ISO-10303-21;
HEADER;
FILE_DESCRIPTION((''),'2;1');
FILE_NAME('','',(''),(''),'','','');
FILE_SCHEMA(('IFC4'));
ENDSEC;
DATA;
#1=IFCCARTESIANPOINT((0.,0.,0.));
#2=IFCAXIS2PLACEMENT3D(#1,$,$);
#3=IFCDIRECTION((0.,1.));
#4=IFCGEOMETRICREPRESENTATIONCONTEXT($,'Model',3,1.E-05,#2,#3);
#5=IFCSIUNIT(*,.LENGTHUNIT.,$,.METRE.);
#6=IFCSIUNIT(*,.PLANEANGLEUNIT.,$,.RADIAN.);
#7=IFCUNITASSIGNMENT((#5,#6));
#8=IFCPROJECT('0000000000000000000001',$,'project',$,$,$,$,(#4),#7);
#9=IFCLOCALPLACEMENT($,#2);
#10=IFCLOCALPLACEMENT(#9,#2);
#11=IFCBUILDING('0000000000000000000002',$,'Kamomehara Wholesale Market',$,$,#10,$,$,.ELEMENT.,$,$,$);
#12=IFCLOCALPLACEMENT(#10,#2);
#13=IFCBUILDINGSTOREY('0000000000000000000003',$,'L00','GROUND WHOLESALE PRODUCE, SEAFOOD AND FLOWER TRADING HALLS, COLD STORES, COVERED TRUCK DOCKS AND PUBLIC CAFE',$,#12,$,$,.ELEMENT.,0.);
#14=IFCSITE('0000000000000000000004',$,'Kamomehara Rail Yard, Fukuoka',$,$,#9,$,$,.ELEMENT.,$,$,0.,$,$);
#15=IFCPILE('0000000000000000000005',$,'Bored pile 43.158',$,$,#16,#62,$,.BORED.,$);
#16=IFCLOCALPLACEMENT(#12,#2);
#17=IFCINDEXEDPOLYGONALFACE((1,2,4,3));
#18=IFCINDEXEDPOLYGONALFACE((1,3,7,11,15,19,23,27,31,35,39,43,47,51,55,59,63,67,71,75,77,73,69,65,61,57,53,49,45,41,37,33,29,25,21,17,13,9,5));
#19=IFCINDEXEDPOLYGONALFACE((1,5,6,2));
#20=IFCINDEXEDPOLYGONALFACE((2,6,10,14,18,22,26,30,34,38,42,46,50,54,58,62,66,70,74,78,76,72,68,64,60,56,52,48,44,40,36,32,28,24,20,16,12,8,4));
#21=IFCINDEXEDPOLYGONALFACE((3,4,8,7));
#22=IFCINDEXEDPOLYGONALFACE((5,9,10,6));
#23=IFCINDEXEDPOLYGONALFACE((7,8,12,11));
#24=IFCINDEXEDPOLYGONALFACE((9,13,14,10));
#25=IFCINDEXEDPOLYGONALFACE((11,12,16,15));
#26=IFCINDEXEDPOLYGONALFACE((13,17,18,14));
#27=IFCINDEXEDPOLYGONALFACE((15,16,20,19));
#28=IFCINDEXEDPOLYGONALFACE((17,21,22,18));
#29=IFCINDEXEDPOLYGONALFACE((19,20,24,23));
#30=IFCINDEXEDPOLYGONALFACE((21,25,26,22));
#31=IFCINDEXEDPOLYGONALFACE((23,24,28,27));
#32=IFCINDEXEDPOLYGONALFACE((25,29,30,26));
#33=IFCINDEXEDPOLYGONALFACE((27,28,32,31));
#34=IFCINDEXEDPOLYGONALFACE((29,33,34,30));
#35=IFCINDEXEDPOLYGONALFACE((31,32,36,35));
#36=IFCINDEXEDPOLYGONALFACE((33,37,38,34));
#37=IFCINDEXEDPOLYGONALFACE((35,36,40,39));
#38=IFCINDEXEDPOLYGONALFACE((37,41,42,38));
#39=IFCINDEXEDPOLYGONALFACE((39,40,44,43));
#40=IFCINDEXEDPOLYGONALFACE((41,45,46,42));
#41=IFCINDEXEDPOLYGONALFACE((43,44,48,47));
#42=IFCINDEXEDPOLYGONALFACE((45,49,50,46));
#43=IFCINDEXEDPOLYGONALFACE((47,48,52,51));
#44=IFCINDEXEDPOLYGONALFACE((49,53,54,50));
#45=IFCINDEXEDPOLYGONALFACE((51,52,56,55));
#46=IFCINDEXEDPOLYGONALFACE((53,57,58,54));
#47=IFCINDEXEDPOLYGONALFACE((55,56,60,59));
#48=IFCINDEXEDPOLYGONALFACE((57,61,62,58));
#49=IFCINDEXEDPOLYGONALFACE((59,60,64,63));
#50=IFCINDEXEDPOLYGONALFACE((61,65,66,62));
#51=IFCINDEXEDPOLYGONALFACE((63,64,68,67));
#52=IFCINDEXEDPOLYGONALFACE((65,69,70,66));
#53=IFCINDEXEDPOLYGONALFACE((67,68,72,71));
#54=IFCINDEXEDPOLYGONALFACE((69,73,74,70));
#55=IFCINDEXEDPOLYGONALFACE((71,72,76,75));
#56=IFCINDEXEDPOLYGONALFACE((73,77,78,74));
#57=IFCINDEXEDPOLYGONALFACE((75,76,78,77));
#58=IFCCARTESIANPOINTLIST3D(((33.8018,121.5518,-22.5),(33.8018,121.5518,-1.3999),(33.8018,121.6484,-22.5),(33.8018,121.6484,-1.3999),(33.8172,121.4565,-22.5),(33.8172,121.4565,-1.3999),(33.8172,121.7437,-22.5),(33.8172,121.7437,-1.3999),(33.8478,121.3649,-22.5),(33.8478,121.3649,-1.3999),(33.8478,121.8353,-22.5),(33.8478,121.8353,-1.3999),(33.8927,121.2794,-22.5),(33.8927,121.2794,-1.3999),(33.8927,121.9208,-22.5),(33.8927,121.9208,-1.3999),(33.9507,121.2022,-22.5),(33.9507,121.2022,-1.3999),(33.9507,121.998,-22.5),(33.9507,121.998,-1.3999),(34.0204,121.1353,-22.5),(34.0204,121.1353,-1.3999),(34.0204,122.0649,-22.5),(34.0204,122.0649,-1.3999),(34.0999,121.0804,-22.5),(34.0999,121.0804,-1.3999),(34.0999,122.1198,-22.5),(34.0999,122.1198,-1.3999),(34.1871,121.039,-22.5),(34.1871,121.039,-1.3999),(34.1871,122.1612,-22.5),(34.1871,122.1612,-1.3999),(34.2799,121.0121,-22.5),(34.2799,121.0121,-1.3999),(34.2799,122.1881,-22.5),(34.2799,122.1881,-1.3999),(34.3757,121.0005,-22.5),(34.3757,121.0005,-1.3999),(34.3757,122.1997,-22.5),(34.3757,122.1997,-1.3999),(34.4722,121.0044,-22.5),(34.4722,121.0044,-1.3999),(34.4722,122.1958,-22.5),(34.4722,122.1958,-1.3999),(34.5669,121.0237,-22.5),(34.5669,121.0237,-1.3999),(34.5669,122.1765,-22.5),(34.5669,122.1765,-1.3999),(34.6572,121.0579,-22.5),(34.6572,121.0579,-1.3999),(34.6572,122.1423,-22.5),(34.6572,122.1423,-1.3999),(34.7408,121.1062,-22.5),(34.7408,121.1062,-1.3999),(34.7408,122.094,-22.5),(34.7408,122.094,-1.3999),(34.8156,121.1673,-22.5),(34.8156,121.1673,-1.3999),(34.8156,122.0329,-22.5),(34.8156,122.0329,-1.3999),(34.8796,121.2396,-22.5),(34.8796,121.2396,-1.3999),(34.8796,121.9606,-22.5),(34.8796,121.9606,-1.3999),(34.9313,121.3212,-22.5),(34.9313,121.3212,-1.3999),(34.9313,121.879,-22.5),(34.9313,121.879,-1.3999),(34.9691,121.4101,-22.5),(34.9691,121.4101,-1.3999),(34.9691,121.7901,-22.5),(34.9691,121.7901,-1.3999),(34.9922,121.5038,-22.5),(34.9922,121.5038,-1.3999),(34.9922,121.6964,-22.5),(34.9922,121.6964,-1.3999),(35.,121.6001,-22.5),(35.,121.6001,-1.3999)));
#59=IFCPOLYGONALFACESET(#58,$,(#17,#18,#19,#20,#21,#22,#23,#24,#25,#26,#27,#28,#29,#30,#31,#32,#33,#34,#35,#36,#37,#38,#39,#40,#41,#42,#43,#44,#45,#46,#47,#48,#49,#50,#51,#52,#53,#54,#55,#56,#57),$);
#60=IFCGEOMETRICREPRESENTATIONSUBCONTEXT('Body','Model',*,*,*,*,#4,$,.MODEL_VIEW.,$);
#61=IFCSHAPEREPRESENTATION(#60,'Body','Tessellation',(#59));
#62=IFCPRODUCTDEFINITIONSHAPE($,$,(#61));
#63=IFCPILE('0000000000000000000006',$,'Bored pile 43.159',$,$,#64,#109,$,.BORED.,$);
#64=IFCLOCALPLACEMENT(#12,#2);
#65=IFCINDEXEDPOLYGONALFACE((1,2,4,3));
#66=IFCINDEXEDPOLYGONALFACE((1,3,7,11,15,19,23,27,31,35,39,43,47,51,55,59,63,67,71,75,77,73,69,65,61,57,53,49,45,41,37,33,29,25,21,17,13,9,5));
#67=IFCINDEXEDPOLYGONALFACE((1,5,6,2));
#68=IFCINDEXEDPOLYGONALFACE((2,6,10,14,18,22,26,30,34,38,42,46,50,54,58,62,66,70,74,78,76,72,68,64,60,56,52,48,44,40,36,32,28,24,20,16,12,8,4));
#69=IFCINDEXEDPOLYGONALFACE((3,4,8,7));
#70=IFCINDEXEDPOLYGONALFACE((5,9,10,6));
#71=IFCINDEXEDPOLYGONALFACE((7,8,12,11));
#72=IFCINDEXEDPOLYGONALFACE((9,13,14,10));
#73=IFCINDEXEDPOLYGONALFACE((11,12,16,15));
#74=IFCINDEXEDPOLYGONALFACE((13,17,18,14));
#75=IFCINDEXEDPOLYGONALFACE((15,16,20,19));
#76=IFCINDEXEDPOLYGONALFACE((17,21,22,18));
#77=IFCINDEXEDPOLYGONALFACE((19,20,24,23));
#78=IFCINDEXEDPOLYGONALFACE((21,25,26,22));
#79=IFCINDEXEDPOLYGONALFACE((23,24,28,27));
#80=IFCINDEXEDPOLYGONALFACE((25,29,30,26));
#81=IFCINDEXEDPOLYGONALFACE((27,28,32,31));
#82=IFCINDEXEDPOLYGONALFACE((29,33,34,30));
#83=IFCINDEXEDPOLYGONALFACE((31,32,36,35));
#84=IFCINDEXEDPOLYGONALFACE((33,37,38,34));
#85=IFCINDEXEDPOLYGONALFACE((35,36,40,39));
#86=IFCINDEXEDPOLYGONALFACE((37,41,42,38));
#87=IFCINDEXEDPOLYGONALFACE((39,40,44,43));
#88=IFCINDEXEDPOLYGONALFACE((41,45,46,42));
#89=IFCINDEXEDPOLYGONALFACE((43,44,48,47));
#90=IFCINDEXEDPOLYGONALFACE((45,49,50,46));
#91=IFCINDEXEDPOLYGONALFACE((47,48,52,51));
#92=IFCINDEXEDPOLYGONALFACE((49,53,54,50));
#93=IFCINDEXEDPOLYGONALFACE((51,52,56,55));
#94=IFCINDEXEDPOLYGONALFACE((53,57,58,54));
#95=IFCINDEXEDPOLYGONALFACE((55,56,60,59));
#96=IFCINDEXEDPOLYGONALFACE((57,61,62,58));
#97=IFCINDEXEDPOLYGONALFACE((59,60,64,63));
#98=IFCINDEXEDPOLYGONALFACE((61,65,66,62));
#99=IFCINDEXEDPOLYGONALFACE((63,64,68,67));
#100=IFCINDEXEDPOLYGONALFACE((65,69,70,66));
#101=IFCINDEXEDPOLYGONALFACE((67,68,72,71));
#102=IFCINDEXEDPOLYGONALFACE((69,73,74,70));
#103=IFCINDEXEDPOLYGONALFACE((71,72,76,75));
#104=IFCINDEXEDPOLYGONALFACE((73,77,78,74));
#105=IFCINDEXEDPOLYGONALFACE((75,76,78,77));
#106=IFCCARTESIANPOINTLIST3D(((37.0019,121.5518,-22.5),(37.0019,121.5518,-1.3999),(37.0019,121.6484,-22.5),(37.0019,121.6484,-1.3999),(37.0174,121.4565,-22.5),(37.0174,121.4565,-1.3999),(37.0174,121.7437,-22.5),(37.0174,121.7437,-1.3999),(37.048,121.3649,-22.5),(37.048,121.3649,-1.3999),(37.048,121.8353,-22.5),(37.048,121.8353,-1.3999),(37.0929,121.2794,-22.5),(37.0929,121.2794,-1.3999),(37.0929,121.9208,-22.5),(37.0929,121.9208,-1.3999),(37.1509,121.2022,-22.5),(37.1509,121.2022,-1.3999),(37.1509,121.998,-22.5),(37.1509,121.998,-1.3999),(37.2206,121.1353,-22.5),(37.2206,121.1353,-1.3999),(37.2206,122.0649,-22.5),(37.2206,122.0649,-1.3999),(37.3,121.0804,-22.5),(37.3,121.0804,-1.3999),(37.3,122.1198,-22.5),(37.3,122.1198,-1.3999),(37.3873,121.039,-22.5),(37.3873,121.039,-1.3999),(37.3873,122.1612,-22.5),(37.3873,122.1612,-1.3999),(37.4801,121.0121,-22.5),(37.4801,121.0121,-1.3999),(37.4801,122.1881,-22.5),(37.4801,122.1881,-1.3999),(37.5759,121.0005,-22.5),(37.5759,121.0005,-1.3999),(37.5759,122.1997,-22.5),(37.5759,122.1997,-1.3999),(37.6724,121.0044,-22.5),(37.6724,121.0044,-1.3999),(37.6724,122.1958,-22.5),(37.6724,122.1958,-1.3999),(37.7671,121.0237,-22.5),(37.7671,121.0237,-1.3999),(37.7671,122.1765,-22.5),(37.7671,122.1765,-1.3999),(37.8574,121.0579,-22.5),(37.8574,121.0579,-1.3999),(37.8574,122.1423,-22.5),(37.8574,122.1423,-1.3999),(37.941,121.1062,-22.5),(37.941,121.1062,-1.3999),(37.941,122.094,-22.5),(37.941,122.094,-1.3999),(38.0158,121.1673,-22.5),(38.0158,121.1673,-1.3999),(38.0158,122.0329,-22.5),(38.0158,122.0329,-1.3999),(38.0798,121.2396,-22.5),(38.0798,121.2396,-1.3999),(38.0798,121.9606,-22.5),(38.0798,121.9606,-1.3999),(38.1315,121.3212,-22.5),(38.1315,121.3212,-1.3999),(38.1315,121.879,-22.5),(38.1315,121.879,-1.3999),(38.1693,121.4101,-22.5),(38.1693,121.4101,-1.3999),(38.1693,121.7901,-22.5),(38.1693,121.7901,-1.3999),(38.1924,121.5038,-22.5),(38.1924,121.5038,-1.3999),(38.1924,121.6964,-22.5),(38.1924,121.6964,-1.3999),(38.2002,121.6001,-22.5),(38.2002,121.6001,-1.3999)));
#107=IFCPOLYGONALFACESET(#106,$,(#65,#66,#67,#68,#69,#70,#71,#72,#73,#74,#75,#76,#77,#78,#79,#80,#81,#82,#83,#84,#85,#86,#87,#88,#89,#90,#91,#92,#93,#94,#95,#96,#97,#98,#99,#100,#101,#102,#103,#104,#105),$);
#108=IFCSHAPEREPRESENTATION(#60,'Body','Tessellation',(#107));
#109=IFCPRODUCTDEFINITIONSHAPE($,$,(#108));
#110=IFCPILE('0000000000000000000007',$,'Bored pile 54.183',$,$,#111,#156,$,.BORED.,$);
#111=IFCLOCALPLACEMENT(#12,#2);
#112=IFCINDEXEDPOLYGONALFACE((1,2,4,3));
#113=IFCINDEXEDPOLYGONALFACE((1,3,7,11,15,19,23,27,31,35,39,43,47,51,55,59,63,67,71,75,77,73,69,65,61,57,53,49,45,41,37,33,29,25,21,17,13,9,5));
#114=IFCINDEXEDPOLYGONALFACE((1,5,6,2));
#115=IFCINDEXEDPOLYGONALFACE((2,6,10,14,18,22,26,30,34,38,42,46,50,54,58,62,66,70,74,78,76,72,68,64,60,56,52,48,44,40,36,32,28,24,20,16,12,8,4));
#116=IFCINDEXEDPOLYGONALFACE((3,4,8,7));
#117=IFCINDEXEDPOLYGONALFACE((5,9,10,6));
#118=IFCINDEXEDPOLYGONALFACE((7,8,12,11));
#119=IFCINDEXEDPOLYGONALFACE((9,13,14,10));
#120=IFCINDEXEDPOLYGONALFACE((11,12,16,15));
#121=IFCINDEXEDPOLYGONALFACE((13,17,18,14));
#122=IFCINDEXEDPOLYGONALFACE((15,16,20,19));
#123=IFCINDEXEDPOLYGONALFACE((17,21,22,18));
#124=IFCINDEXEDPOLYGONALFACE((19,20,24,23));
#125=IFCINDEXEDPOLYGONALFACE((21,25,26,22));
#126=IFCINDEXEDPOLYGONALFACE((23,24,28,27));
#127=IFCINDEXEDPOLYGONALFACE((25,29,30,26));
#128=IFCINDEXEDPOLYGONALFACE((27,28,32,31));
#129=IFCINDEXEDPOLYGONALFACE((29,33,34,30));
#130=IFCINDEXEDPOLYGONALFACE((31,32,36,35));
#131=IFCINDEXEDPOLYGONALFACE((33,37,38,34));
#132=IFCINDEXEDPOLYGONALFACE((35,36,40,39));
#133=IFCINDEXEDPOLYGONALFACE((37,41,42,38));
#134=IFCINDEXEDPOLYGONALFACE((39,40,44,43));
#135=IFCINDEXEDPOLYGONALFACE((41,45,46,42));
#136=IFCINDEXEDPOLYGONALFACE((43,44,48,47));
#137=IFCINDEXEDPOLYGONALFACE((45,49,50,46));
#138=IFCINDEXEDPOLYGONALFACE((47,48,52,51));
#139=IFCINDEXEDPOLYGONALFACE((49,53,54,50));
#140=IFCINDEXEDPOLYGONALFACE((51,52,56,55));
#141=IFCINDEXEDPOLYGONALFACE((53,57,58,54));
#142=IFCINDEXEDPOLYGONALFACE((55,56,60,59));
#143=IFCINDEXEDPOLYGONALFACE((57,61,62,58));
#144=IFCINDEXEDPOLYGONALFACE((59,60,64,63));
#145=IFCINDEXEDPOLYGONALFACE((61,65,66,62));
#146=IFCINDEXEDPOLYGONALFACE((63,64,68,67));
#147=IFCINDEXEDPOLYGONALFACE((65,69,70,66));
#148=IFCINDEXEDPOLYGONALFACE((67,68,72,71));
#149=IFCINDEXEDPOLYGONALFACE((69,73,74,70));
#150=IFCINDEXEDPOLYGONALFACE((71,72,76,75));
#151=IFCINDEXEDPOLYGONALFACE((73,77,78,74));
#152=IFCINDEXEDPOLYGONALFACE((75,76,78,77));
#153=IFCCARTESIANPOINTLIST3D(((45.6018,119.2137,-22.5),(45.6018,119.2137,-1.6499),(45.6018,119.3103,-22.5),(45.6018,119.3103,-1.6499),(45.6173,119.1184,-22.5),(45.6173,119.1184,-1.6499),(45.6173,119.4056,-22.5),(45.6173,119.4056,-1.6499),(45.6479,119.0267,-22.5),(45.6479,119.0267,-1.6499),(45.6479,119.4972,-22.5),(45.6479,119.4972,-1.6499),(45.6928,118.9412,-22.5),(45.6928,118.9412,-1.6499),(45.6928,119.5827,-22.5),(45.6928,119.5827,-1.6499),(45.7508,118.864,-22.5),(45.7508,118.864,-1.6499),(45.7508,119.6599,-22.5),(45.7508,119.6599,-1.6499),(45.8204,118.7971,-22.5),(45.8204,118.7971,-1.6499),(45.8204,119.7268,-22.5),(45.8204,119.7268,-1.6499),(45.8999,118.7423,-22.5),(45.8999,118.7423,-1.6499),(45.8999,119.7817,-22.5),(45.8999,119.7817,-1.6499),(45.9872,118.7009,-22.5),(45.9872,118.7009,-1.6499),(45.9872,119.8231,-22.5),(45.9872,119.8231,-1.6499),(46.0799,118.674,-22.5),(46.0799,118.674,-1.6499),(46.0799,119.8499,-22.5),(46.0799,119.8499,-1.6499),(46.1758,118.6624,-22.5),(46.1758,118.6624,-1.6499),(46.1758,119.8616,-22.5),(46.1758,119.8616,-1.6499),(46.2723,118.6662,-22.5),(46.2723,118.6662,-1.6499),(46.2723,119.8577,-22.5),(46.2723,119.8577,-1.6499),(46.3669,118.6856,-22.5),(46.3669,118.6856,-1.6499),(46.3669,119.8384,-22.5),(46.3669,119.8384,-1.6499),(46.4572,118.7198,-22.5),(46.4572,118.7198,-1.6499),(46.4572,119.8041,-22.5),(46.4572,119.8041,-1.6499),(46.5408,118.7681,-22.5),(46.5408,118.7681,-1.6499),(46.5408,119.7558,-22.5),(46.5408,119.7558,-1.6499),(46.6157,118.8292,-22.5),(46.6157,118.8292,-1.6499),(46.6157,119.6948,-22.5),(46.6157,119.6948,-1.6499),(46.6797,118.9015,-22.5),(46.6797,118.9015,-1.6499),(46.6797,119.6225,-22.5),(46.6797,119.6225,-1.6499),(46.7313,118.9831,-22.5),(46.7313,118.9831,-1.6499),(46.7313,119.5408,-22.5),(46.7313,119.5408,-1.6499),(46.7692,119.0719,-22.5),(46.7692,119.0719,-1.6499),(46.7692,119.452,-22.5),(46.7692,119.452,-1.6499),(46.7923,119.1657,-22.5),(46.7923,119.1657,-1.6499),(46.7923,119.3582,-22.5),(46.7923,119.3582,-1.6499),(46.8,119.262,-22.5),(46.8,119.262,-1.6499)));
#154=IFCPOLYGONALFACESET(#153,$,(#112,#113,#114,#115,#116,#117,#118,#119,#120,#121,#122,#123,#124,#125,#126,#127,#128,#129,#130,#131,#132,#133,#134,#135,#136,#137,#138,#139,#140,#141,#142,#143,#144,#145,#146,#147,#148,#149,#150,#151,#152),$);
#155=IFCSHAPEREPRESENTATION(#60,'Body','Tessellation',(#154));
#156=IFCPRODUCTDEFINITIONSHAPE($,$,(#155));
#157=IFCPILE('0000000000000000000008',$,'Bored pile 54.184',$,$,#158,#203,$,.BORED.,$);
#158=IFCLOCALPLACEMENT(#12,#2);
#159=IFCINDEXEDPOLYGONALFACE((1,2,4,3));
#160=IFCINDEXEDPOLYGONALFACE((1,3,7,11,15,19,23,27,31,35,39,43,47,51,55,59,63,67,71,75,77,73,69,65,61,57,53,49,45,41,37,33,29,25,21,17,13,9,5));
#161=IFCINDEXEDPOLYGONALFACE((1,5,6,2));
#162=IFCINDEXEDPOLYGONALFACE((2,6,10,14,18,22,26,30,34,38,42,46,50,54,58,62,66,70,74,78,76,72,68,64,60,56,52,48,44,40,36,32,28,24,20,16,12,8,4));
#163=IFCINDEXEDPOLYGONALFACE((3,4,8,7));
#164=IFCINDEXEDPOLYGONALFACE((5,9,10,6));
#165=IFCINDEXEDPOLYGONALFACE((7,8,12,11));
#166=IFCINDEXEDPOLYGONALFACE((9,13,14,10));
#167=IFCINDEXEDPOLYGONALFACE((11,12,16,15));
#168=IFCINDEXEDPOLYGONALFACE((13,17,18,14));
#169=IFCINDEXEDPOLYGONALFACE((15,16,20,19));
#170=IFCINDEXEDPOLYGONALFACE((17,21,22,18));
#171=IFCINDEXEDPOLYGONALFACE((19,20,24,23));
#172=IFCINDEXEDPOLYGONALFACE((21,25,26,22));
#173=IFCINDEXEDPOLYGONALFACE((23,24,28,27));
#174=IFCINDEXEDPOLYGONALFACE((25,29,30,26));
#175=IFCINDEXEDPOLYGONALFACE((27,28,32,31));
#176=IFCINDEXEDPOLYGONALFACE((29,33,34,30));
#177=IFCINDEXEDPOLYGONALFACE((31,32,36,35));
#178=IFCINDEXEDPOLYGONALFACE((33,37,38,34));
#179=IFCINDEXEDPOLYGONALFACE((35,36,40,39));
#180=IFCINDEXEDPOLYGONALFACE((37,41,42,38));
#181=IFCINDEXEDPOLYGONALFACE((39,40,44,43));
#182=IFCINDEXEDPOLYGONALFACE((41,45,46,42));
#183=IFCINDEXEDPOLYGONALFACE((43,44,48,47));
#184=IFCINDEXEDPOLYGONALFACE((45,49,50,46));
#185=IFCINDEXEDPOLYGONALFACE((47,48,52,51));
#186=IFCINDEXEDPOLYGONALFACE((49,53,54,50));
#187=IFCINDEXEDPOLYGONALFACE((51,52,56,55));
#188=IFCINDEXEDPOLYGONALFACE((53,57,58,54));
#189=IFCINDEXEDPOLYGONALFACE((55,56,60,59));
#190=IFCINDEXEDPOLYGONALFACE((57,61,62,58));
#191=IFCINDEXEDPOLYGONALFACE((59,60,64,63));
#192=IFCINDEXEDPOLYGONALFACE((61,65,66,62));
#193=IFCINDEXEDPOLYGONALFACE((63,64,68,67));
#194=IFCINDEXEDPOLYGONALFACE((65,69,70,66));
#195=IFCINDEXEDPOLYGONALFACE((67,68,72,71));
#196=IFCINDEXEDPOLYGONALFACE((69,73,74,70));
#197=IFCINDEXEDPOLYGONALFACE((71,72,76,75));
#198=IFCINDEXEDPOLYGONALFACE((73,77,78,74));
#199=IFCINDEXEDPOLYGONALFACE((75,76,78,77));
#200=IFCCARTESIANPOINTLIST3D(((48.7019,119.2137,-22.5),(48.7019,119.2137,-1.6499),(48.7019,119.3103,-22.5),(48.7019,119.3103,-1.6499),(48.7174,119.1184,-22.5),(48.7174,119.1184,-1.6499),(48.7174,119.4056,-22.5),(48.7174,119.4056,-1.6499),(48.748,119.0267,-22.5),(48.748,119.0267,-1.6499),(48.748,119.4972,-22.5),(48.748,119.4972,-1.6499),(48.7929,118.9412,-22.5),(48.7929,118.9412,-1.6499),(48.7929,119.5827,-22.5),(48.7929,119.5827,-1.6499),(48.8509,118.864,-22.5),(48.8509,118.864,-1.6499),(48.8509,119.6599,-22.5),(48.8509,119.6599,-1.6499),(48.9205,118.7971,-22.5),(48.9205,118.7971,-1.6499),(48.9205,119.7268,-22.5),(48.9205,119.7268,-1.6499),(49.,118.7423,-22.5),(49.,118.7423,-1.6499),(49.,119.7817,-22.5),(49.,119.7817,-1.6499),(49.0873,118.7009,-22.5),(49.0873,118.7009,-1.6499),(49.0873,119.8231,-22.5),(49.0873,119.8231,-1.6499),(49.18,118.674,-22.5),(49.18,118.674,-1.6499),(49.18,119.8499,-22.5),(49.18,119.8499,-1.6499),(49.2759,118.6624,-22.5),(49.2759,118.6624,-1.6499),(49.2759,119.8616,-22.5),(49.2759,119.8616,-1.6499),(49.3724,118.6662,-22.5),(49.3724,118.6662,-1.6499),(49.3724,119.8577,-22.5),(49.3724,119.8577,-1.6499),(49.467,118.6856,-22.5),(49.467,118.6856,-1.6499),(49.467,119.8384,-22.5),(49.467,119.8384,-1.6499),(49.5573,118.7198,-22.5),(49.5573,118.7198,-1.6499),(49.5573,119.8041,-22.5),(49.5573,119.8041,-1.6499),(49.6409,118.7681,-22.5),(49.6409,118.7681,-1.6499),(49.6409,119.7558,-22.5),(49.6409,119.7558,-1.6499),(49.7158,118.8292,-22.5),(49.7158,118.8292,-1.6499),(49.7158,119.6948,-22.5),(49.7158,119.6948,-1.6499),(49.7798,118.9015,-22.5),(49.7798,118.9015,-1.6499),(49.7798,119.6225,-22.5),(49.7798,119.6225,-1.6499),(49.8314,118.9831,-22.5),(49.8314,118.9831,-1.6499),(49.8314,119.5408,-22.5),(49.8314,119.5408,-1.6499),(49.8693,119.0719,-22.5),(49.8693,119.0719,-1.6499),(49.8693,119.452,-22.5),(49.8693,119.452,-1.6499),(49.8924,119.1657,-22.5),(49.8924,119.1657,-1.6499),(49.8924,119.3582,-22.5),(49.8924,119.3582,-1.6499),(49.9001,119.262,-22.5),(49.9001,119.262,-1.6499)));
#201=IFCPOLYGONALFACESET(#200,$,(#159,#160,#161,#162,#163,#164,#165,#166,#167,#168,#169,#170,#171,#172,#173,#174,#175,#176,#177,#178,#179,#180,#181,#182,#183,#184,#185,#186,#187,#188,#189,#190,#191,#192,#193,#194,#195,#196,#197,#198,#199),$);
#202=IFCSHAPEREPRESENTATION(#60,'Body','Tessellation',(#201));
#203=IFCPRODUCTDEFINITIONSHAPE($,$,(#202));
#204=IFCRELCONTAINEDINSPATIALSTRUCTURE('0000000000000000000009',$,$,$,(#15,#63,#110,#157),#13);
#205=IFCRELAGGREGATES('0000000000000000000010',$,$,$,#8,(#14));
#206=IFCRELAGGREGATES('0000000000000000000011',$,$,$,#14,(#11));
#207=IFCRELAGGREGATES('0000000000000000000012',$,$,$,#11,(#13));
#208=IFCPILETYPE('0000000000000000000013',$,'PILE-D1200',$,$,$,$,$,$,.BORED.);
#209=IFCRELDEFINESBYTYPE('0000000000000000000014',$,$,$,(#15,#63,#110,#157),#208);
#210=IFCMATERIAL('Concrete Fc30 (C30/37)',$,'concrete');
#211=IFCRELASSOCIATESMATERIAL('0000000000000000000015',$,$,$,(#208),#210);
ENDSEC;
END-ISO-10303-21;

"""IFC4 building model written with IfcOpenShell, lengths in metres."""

from ifc_helpers import new_model, si_unit, direction, frame, origin, origin_2d, place, context, subcontext, project, spatial, circle, extrude, material, material_profile, profile_set, type_object, element, save


model = new_model("IFC4")

# Units and contexts
model_context = context("Model", 3, precision=1e-05, world=origin(), true_north=direction((0.0, 1.0)))
body_context = subcontext(model_context, "Body", "Model", "MODEL_VIEW")
ifc_project = project(units=[si_unit("LENGTHUNIT", "METRE"), si_unit("PLANEANGLEUNIT", "RADIAN")], contexts=[model_context])

# Site, building, storey
site_placement = place(None, origin())
site = spatial("IfcSite", under=ifc_project, at=site_placement, Name="Kamomehara Rail Yard, Fukuoka", CompositionType="ELEMENT", RefElevation=0.0)
building_placement = place(site_placement, origin())
building = spatial("IfcBuilding", under=site, at=building_placement, Name="Kamomehara Wholesale Market", CompositionType="ELEMENT")
storey_placement = place(building_placement, origin())
storey = spatial("IfcBuildingStorey", under=building, at=storey_placement, Name="L00", Description="GROUND WHOLESALE PRODUCE, SEAFOOD AND FLOWER TRADING HALLS, COLD STORES, COVERED TRUCK DOCKS AND PUBLIC CAFE", CompositionType="ELEMENT", Elevation=0.0)

# Piles
ifc_material_1 = material(Name="Concrete Fc30 (C30/37)", Category="concrete")
ifc_material_profile_1 = material_profile(ifc_material_1, circle(Radius=0.6001, at=origin_2d()), Name="RC-PILE-D1200")
ifc_profile_set_1 = profile_set([ifc_material_profile_1], Name="Concrete Fc30 (C30/37)")
pile_type = type_object("IfcPileType", Name="PILE-D1200", PredefinedType="BORED", material=ifc_profile_set_1)
for number, where, z_axis, x_axis, name in (
    (1, (34.3999, 121.6001, -1.3999), (0.0, 0.0, -1.0), (1.0, 0.0, 0.0), "Bored pile 43.158"),
    (2, (37.6001, 121.6001, -1.3999), (0.0, 0.0, -1.0), (1.0, 0.0, 0.0), "Bored pile 43.159"),
):
    element("IfcPile", number, at=place(storey_placement, frame(where, z_axis=z_axis, x_axis=x_axis)), inside=storey, type_object=pile_type, Name=name, PredefinedType="BORED", context=body_context, shape_type="SweptSolid", body=[
        extrude(circle(Radius=0.6001, at=origin_2d()), origin(), (0.0, 0.0, 1.0), 21.1001),
    ])
for number, where, z_axis, x_axis, name in (
    (3, (46.2, 119.262, -1.6499), (0.0, 0.0, -1.0), (1.0, 0.0, 0.0), "Bored pile 54.183"),
    (4, (49.3, 119.262, -1.6499), (0.0, 0.0, -1.0), (1.0, 0.0, 0.0), "Bored pile 54.184"),
):
    element("IfcPile", number, at=place(storey_placement, frame(where, z_axis=z_axis, x_axis=x_axis)), inside=storey, type_object=pile_type, Name=name, PredefinedType="BORED", context=body_context, shape_type="SweptSolid", body=[
        extrude(circle(Radius=0.6001, at=origin_2d()), origin(), (0.0, 0.0, 1.0), 20.8501),
    ])

save(model, "model.ifc")
